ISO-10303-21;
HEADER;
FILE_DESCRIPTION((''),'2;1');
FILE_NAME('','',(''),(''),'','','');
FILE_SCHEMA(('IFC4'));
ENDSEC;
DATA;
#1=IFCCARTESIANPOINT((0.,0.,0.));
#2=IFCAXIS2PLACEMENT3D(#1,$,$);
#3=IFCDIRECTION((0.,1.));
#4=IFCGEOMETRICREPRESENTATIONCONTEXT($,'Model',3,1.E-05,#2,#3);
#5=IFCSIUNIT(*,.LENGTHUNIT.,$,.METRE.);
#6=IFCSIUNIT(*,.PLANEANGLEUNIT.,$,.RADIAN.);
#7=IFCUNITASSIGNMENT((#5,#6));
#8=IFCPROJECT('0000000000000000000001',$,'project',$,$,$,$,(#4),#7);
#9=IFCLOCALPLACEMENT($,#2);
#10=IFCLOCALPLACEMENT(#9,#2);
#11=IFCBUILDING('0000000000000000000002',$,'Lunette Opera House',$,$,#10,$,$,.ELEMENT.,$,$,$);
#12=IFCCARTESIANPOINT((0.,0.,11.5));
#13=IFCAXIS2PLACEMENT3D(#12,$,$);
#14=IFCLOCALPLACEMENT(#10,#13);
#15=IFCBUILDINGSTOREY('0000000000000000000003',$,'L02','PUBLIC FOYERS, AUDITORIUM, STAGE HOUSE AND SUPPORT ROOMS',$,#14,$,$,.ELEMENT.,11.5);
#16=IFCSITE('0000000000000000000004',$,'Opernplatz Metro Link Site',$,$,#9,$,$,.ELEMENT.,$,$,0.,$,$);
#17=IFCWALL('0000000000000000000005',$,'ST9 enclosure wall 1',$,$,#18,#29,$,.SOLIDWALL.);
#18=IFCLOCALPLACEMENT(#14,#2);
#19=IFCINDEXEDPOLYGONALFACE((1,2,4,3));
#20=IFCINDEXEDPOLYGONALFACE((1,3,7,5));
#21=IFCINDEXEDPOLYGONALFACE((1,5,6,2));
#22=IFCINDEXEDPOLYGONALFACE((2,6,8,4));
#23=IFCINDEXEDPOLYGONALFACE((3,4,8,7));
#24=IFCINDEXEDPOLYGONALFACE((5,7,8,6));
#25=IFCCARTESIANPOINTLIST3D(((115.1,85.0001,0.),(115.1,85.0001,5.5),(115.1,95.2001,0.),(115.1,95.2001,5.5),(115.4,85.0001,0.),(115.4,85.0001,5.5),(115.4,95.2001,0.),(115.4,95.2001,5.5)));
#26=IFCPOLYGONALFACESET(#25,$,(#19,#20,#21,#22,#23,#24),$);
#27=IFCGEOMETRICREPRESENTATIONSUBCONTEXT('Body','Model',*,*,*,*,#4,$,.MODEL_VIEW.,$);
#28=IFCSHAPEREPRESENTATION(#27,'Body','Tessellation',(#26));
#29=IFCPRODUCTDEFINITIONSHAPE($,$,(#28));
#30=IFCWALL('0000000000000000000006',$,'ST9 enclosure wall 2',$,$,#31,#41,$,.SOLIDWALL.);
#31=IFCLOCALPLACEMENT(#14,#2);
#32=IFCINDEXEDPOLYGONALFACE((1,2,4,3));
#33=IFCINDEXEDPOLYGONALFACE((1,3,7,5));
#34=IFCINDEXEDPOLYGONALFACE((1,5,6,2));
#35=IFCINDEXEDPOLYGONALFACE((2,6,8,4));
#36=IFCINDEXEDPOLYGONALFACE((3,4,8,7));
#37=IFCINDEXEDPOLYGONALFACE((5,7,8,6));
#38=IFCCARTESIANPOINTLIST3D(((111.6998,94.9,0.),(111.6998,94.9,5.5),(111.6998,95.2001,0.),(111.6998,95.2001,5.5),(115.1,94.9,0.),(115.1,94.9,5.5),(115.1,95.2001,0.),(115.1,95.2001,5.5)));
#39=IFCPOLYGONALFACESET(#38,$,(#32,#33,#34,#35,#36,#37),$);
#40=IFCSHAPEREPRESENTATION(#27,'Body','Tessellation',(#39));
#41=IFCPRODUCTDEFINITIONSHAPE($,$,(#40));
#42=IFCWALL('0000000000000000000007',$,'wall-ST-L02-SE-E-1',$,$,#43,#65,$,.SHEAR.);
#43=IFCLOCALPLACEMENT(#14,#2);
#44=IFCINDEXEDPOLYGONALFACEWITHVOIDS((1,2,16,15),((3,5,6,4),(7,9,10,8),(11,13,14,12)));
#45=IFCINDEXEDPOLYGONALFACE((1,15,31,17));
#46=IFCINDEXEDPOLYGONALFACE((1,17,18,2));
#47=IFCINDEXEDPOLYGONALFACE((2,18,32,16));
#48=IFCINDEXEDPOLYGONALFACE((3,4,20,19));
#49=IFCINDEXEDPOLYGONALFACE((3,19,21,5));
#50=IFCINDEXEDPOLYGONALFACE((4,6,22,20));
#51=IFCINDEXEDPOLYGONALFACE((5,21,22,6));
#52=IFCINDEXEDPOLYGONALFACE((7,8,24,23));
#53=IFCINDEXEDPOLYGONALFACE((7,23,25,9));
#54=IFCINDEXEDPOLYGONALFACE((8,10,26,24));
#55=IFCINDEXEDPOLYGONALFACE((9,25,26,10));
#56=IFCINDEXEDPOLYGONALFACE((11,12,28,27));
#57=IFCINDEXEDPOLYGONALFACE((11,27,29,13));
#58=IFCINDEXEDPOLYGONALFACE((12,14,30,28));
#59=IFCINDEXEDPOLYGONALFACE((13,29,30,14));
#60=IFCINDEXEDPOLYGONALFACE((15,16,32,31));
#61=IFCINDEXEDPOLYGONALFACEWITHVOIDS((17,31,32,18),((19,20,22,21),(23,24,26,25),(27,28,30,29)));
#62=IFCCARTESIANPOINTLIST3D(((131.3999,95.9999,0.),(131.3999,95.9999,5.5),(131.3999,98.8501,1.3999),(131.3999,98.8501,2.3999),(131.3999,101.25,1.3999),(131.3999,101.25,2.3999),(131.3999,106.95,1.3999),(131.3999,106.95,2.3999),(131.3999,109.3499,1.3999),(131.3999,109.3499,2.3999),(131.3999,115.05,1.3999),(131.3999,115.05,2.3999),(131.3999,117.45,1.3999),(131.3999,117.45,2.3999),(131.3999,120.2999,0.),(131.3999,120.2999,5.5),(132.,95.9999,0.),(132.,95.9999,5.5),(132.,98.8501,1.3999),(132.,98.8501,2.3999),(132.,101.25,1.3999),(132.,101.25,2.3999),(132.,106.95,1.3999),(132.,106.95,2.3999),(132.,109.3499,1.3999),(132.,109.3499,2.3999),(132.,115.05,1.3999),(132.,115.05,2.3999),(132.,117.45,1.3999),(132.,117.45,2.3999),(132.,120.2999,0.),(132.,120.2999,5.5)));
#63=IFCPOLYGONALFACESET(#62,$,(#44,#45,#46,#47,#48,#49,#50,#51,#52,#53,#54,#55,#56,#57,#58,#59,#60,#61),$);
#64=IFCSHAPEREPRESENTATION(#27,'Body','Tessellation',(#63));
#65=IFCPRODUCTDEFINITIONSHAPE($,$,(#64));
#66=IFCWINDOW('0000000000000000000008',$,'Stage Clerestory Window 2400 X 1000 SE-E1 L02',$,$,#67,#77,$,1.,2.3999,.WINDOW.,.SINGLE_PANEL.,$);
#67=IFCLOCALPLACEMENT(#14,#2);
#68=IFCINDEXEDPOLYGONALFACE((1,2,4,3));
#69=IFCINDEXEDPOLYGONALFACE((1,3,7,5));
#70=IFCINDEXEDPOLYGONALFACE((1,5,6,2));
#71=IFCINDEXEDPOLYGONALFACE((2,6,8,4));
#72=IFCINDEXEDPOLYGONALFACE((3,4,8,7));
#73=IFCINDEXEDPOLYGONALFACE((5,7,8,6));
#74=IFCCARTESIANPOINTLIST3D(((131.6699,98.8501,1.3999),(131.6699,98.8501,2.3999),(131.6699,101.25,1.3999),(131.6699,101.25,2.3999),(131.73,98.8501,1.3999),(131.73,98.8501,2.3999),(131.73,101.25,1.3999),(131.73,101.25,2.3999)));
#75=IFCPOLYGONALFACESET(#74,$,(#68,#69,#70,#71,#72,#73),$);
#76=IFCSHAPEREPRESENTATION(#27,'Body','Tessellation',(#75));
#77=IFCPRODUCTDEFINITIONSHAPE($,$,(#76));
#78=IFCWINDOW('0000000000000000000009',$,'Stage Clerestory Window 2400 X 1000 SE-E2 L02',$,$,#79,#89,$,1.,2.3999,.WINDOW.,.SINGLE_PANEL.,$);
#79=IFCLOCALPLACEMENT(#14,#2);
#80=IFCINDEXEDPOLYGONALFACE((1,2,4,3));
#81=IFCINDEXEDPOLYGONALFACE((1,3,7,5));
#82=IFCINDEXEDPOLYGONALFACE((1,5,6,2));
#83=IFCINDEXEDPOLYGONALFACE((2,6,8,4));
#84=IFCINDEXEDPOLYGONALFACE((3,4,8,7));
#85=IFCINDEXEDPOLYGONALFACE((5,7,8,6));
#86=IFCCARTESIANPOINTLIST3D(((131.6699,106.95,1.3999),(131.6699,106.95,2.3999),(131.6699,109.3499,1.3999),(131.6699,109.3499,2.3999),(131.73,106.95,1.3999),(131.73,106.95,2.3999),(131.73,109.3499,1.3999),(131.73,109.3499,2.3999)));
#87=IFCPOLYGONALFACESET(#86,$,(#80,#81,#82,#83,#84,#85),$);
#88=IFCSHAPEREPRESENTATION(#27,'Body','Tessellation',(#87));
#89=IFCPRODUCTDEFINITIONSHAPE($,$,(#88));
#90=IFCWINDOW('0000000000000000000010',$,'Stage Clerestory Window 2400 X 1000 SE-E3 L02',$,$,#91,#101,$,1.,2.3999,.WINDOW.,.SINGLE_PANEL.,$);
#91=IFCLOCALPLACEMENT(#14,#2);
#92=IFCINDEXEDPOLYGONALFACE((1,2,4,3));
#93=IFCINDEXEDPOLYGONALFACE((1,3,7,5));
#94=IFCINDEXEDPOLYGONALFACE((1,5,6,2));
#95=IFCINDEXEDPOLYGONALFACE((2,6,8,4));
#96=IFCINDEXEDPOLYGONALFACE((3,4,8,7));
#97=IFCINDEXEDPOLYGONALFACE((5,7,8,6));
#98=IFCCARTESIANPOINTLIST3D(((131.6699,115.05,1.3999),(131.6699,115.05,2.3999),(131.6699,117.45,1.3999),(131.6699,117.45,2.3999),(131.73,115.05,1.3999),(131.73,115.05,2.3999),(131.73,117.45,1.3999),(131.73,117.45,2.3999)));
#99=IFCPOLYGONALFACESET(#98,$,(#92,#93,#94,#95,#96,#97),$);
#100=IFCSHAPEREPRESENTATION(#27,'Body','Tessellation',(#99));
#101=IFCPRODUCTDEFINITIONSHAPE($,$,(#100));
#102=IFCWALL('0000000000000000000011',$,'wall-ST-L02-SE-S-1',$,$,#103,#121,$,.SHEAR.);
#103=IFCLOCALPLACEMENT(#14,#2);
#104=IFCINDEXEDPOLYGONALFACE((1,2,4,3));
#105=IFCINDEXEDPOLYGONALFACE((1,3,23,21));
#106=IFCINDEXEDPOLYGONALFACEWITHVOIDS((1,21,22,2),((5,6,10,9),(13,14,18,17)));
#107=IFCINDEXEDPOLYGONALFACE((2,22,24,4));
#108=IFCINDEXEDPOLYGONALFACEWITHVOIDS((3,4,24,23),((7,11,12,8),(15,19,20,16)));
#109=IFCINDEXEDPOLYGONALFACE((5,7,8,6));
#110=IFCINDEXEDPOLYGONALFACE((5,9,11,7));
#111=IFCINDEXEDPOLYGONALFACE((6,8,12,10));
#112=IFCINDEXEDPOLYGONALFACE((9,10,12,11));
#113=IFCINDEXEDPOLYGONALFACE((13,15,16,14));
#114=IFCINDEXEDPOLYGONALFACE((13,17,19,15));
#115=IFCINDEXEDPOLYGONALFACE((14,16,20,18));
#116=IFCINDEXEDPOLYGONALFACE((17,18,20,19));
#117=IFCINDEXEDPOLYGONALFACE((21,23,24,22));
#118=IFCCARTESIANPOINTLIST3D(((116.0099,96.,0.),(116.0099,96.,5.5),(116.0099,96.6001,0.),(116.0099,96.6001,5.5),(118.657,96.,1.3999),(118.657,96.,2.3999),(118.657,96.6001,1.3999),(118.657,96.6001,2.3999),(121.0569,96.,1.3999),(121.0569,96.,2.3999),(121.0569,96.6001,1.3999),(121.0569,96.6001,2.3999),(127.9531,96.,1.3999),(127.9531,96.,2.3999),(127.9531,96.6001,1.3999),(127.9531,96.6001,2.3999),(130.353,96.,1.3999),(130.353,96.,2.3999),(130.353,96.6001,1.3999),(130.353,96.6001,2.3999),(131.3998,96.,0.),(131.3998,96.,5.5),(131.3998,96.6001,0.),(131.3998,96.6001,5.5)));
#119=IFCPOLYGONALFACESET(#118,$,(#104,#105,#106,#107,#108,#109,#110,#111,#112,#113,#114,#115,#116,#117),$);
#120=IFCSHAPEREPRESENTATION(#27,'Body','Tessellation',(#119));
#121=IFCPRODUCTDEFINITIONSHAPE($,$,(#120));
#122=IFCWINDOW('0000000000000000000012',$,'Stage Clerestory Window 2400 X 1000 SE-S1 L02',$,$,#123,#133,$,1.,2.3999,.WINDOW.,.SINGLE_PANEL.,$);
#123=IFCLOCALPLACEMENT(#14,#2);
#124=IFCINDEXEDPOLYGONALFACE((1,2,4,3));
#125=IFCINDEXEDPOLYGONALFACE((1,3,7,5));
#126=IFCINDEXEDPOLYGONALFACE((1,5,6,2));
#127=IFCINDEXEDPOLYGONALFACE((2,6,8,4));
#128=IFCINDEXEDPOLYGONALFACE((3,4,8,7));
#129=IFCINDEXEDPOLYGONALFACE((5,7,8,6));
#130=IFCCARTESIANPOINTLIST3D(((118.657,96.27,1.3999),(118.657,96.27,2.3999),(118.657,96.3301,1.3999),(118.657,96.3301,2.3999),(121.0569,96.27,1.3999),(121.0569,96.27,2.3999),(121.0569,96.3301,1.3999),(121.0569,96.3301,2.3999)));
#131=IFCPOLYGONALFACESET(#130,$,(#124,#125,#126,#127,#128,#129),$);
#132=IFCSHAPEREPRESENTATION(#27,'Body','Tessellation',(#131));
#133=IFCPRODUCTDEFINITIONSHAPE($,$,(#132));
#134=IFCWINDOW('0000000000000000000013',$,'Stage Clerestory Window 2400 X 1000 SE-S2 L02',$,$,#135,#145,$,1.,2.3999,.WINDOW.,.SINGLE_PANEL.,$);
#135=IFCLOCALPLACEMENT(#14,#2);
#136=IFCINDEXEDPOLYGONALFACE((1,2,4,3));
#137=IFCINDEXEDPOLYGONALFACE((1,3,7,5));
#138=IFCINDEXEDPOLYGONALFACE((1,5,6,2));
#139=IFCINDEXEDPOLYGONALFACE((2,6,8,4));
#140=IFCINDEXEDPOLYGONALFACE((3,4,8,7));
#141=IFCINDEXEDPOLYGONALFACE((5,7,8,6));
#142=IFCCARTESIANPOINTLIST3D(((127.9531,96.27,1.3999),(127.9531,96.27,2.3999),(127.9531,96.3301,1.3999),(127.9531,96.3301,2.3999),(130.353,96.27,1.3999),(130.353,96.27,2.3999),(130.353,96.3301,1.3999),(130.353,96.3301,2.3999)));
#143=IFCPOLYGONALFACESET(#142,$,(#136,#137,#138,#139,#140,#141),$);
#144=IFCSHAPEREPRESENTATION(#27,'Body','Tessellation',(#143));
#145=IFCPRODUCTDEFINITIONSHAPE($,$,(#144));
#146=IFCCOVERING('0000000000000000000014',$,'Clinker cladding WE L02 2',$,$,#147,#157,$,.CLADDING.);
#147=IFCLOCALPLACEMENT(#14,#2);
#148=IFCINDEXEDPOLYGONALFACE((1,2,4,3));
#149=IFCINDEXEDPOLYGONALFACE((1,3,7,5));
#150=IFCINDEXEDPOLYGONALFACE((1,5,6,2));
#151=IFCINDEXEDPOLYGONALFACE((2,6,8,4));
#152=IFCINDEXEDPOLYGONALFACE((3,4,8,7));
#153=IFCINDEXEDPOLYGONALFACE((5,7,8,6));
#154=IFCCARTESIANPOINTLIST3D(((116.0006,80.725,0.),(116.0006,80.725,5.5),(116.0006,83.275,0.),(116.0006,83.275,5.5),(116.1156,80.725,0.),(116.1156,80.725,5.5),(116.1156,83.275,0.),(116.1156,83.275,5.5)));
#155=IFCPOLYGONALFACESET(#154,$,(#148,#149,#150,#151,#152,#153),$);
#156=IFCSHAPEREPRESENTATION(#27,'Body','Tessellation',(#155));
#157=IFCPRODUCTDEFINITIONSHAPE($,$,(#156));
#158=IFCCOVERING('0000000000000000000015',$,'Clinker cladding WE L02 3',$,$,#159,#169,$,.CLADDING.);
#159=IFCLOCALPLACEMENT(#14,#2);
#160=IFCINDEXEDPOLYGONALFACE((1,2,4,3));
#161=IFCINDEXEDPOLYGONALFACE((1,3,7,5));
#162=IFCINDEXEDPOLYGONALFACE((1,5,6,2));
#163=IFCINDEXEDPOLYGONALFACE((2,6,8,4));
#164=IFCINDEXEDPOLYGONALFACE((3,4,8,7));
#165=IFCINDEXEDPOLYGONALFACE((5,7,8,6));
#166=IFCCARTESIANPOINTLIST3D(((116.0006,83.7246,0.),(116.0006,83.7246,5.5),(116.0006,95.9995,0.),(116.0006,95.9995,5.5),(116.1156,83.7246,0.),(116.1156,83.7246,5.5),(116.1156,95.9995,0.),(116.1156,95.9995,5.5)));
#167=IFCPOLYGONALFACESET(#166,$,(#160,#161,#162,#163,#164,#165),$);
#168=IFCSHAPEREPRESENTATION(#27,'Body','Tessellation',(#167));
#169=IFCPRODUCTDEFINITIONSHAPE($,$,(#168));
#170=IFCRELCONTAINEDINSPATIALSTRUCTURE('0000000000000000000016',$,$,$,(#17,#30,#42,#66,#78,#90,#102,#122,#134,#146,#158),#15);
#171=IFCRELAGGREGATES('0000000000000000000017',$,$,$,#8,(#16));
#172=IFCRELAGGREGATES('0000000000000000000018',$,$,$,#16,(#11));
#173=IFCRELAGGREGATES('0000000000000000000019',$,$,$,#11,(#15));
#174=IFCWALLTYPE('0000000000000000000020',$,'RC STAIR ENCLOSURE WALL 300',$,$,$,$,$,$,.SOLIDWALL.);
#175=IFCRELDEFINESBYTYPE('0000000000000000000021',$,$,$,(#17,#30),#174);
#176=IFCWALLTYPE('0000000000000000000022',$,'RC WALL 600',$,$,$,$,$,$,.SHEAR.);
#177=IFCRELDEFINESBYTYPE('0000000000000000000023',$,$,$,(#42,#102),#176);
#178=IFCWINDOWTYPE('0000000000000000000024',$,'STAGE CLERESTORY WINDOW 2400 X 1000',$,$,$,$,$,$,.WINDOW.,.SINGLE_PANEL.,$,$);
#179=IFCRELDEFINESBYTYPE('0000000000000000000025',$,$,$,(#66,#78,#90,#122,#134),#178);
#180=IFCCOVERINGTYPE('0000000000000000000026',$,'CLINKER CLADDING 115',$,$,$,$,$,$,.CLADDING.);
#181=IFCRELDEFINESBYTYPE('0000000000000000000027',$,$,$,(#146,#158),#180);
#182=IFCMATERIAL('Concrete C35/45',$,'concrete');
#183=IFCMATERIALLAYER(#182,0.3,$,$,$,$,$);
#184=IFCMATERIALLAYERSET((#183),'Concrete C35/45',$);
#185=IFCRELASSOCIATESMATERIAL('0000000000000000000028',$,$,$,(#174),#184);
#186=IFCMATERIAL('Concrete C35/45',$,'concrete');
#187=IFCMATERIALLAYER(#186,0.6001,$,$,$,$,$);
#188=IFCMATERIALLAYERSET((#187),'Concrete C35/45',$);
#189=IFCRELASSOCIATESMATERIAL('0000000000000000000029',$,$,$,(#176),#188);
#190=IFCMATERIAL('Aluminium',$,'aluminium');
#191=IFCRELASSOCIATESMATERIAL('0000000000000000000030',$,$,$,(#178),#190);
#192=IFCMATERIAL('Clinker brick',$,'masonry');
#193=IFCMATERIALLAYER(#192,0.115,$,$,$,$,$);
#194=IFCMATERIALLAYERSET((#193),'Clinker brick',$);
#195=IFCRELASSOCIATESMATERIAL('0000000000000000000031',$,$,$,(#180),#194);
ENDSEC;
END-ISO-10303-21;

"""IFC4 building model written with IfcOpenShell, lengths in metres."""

from ifc_helpers import new_model, si_unit, direction, frame, frame_2d, origin, origin_2d, place, context, subcontext, project, spatial, rectangle, extrude, material, layer, layer_set, type_object, element, fill, save


model = new_model("IFC4")

# Units and contexts
model_context = context("Model", 3, precision=1e-05, world=origin(), true_north=direction((0.0, 1.0)))
body_context = subcontext(model_context, "Body", "Model", "MODEL_VIEW")
ifc_project = project(units=[si_unit("LENGTHUNIT", "METRE"), si_unit("PLANEANGLEUNIT", "RADIAN")], contexts=[model_context])

# Site, building, storey
site_placement = place(None, origin())
site = spatial("IfcSite", under=ifc_project, at=site_placement, Name="Opernplatz Metro Link Site", CompositionType="ELEMENT", RefElevation=0.0)
building_placement = place(site_placement, origin())
building = spatial("IfcBuilding", under=site, at=building_placement, Name="Lunette Opera House", CompositionType="ELEMENT")
storey_placement = place(building_placement, frame((0.0, 0.0, 11.5)))
storey = spatial("IfcBuildingStorey", under=building, at=storey_placement, Name="L02", Description="PUBLIC FOYERS, AUDITORIUM, STAGE HOUSE AND SUPPORT ROOMS", CompositionType="ELEMENT", Elevation=11.5)

# Walls
ifc_material_1 = material(Name="Concrete C35/45", Category="concrete")
ifc_layer_1 = layer(ifc_material_1, 0.3)
ifc_layer_set_1 = layer_set([ifc_layer_1], Name="Concrete C35/45")
wall_type_1 = type_object("IfcWallType", Name="RC STAIR ENCLOSURE WALL 300", PredefinedType="SOLIDWALL", material=ifc_layer_set_1)
wall_1_placement = place(storey_placement, frame((115.25, 85.0, 0.0), z_axis=(0.0, 0.0, 1.0), x_axis=(0.0, 1.0, 0.0)))
element("IfcWall", 1, at=wall_1_placement, inside=storey, type_object=wall_type_1, Name="ST9 enclosure wall 1", PredefinedType="SOLIDWALL", context=body_context, shape_type="SweptSolid", body=[
    extrude(rectangle(XDim=10.2, YDim=0.3, at=frame_2d((5.1001, 0.0))), origin(), (0.0, 0.0, 1.0), 5.5),
])
wall_2_placement = place(storey_placement, frame((115.1001, 95.05, 0.0), z_axis=(0.0, 0.0, 1.0), x_axis=(-1.0, 0.0, 0.0)))
element("IfcWall", 2, at=wall_2_placement, inside=storey, type_object=wall_type_1, Name="ST9 enclosure wall 2", PredefinedType="SOLIDWALL", context=body_context, shape_type="SweptSolid", body=[
    extrude(rectangle(XDim=3.4001, YDim=0.3, at=frame_2d((1.7002, 0.0))), origin(), (0.0, 0.0, 1.0), 5.5),
])

# Walls, openings, windows
ifc_material_2 = material(Name="Concrete C35/45", Category="concrete")
ifc_layer_2 = layer(ifc_material_2, 0.6001)
ifc_layer_set_2 = layer_set([ifc_layer_2], Name="Concrete C35/45")
wall_type_2 = type_object("IfcWallType", Name="RC WALL 600", PredefinedType="SHEAR", material=ifc_layer_set_2)
wall_3_placement = place(storey_placement, frame((131.7, 96.0, 0.0), z_axis=(0.0, 0.0, 1.0), x_axis=(0.0, 1.0, 0.0)))
wall_3 = element("IfcWall", 3, at=wall_3_placement, inside=storey, type_object=wall_type_2, Name="wall-ST-L02-SE-E-1", PredefinedType="SHEAR", context=body_context, shape_type="SweptSolid", body=[
    extrude(rectangle(XDim=24.3, YDim=0.6001, at=frame_2d((12.1499, 0.0))), origin(), (0.0, 0.0, 1.0), 5.5),
])
opening_1_placement = place(wall_3_placement, frame((2.8501, 0.0, 1.3999)))
opening_1 = element("IfcOpeningElement", 4, at=opening_1_placement, cuts=wall_3, PredefinedType="OPENING", context=body_context, shape_type="SweptSolid", body=[
    extrude(rectangle(XDim=2.3999, YDim=1.0, at=frame_2d((1.2, 0.5))), frame((0.0, 0.312, 0.0), z_axis=(0.0, -1.0, 0.0), x_axis=(1.0, 0.0, 0.0)), (0.0, 0.0, 1.0), 0.624),
])
opening_2_placement = place(wall_3_placement, frame((10.95, 0.0, 1.3999)))
opening_2 = element("IfcOpeningElement", 5, at=opening_2_placement, cuts=wall_3, PredefinedType="OPENING", context=body_context, shape_type="SweptSolid", body=[
    extrude(rectangle(XDim=2.3999, YDim=1.0, at=frame_2d((1.2, 0.5))), frame((0.0, 0.312, 0.0), z_axis=(0.0, -1.0, 0.0), x_axis=(1.0, 0.0, 0.0)), (0.0, 0.0, 1.0), 0.624),
])
opening_3_placement = place(wall_3_placement, frame((19.05, 0.0, 1.3999)))
opening_3 = element("IfcOpeningElement", 6, at=opening_3_placement, cuts=wall_3, PredefinedType="OPENING", context=body_context, shape_type="SweptSolid", body=[
    extrude(rectangle(XDim=2.3999, YDim=1.0, at=frame_2d((1.2, 0.5))), frame((0.0, 0.312, 0.0), z_axis=(0.0, -1.0, 0.0), x_axis=(1.0, 0.0, 0.0)), (0.0, 0.0, 1.0), 0.624),
])
ifc_material_3 = material(Name="Aluminium", Category="aluminium")
window_type = type_object("IfcWindowType", Name="STAGE CLERESTORY WINDOW 2400 X 1000", PartitioningType="SINGLE_PANEL", PredefinedType="WINDOW", material=ifc_material_3)
window_1_placement = place(opening_1_placement, origin())
window_1 = element("IfcWindow", 7, at=window_1_placement, inside=storey, type_object=window_type, Name="Stage Clerestory Window 2400 X 1000 SE-E1 L02", OverallHeight=1.0, OverallWidth=2.3999, PartitioningType="SINGLE_PANEL", PredefinedType="WINDOW", context=body_context, shape_type="SweptSolid", body=[
    extrude(rectangle(XDim=2.3999, YDim=1.0, at=frame_2d((1.2, 0.5))), frame((0.0, 0.03, 0.0), z_axis=(0.0, -1.0, 0.0), x_axis=(1.0, 0.0, 0.0)), (0.0, 0.0, 1.0), 0.0601),
])
fill(opening_1, window_1)
window_2_placement = place(opening_2_placement, origin())
window_2 = element("IfcWindow", 8, at=window_2_placement, inside=storey, type_object=window_type, Name="Stage Clerestory Window 2400 X 1000 SE-E2 L02", OverallHeight=1.0, OverallWidth=2.3999, PartitioningType="SINGLE_PANEL", PredefinedType="WINDOW", context=body_context, shape_type="SweptSolid", body=[
    extrude(rectangle(XDim=2.3999, YDim=1.0, at=frame_2d((1.2, 0.5))), frame((0.0, 0.03, 0.0), z_axis=(0.0, -1.0, 0.0), x_axis=(1.0, 0.0, 0.0)), (0.0, 0.0, 1.0), 0.0601),
])
fill(opening_2, window_2)
window_3_placement = place(opening_3_placement, origin())
window_3 = element("IfcWindow", 9, at=window_3_placement, inside=storey, type_object=window_type, Name="Stage Clerestory Window 2400 X 1000 SE-E3 L02", OverallHeight=1.0, OverallWidth=2.3999, PartitioningType="SINGLE_PANEL", PredefinedType="WINDOW", context=body_context, shape_type="SweptSolid", body=[
    extrude(rectangle(XDim=2.3999, YDim=1.0, at=frame_2d((1.2, 0.5))), frame((0.0, 0.03, 0.0), z_axis=(0.0, -1.0, 0.0), x_axis=(1.0, 0.0, 0.0)), (0.0, 0.0, 1.0), 0.0601),
])
fill(opening_3, window_3)
wall_4_placement = place(storey_placement, frame((116.01, 96.3, 0.0), z_axis=(0.0, 0.0, 1.0), x_axis=(1.0, 0.0, 0.0)))
wall_4 = element("IfcWall", 10, at=wall_4_placement, inside=storey, type_object=wall_type_2, Name="wall-ST-L02-SE-S-1", PredefinedType="SHEAR", context=body_context, shape_type="SweptSolid", body=[
    extrude(rectangle(XDim=15.3899, YDim=0.6001, at=frame_2d((7.6948, 0.0))), origin(), (0.0, 0.0, 1.0), 5.5),
])
opening_4_placement = place(wall_4_placement, frame((2.647, 0.0, 1.3999)))
opening_4 = element("IfcOpeningElement", 11, at=opening_4_placement, cuts=wall_4, PredefinedType="OPENING", context=body_context, shape_type="SweptSolid", body=[
    extrude(rectangle(XDim=2.3999, YDim=1.0, at=frame_2d((1.2, 0.5))), frame((0.0, 0.312, 0.0), z_axis=(0.0, -1.0, 0.0), x_axis=(1.0, 0.0, 0.0)), (0.0, 0.0, 1.0), 0.624),
])
opening_5_placement = place(wall_4_placement, frame((11.9431, 0.0, 1.3999)))
opening_5 = element("IfcOpeningElement", 12, at=opening_5_placement, cuts=wall_4, PredefinedType="OPENING", context=body_context, shape_type="SweptSolid", body=[
    extrude(rectangle(XDim=2.3999, YDim=1.0, at=frame_2d((1.2, 0.5))), frame((0.0, 0.312, 0.0), z_axis=(0.0, -1.0, 0.0), x_axis=(1.0, 0.0, 0.0)), (0.0, 0.0, 1.0), 0.624),
])
window_4_placement = place(opening_4_placement, origin())
window_4 = element("IfcWindow", 13, at=window_4_placement, inside=storey, type_object=window_type, Name="Stage Clerestory Window 2400 X 1000 SE-S1 L02", OverallHeight=1.0, OverallWidth=2.3999, PartitioningType="SINGLE_PANEL", PredefinedType="WINDOW", context=body_context, shape_type="SweptSolid", body=[
    extrude(rectangle(XDim=2.3999, YDim=1.0, at=frame_2d((1.2, 0.5))), frame((0.0, 0.03, 0.0), z_axis=(0.0, -1.0, 0.0), x_axis=(1.0, 0.0, 0.0)), (0.0, 0.0, 1.0), 0.0601),
])
fill(opening_4, window_4)
window_5_placement = place(opening_5_placement, origin())
window_5 = element("IfcWindow", 14, at=window_5_placement, inside=storey, type_object=window_type, Name="Stage Clerestory Window 2400 X 1000 SE-S2 L02", OverallHeight=1.0, OverallWidth=2.3999, PartitioningType="SINGLE_PANEL", PredefinedType="WINDOW", context=body_context, shape_type="SweptSolid", body=[
    extrude(rectangle(XDim=2.3999, YDim=1.0, at=frame_2d((1.2, 0.5))), frame((0.0, 0.03, 0.0), z_axis=(0.0, -1.0, 0.0), x_axis=(1.0, 0.0, 0.0)), (0.0, 0.0, 1.0), 0.0601),
])
fill(opening_5, window_5)

# Coverings
ifc_material_4 = material(Name="Clinker brick", Category="masonry")
ifc_layer_3 = layer(ifc_material_4, 0.115)
ifc_layer_set_3 = layer_set([ifc_layer_3], Name="Clinker brick")
covering_type_1 = type_object("IfcCoveringType", Name="CLINKER CLADDING 115", PredefinedType="CLADDING", material=ifc_layer_set_3)
covering_1_placement = place(storey_placement, frame((116.0581, 82.0, 0.0), z_axis=(0.0, 0.0, 1.0), x_axis=(1.0, 0.0, 0.0)))
element("IfcCovering", 15, at=covering_1_placement, inside=storey, type_object=covering_type_1, Name="Clinker cladding WE L02 2", PredefinedType="CLADDING", context=body_context, shape_type="SweptSolid", body=[
    extrude(rectangle(XDim=0.115, YDim=2.55, at=origin_2d()), origin(), (0.0, 0.0, 1.0), 5.5),
])
covering_2_placement = place(storey_placement, frame((116.0581, 89.8621, 0.0), z_axis=(0.0, 0.0, 1.0), x_axis=(1.0, 0.0, 0.0)))
element("IfcCovering", 16, at=covering_2_placement, inside=storey, type_object=covering_type_1, Name="Clinker cladding WE L02 3", PredefinedType="CLADDING", context=body_context, shape_type="SweptSolid", body=[
    extrude(rectangle(XDim=0.115, YDim=12.2749, at=origin_2d()), origin(), (0.0, 0.0, 1.0), 5.5),
])

save(model, "model.ifc")
